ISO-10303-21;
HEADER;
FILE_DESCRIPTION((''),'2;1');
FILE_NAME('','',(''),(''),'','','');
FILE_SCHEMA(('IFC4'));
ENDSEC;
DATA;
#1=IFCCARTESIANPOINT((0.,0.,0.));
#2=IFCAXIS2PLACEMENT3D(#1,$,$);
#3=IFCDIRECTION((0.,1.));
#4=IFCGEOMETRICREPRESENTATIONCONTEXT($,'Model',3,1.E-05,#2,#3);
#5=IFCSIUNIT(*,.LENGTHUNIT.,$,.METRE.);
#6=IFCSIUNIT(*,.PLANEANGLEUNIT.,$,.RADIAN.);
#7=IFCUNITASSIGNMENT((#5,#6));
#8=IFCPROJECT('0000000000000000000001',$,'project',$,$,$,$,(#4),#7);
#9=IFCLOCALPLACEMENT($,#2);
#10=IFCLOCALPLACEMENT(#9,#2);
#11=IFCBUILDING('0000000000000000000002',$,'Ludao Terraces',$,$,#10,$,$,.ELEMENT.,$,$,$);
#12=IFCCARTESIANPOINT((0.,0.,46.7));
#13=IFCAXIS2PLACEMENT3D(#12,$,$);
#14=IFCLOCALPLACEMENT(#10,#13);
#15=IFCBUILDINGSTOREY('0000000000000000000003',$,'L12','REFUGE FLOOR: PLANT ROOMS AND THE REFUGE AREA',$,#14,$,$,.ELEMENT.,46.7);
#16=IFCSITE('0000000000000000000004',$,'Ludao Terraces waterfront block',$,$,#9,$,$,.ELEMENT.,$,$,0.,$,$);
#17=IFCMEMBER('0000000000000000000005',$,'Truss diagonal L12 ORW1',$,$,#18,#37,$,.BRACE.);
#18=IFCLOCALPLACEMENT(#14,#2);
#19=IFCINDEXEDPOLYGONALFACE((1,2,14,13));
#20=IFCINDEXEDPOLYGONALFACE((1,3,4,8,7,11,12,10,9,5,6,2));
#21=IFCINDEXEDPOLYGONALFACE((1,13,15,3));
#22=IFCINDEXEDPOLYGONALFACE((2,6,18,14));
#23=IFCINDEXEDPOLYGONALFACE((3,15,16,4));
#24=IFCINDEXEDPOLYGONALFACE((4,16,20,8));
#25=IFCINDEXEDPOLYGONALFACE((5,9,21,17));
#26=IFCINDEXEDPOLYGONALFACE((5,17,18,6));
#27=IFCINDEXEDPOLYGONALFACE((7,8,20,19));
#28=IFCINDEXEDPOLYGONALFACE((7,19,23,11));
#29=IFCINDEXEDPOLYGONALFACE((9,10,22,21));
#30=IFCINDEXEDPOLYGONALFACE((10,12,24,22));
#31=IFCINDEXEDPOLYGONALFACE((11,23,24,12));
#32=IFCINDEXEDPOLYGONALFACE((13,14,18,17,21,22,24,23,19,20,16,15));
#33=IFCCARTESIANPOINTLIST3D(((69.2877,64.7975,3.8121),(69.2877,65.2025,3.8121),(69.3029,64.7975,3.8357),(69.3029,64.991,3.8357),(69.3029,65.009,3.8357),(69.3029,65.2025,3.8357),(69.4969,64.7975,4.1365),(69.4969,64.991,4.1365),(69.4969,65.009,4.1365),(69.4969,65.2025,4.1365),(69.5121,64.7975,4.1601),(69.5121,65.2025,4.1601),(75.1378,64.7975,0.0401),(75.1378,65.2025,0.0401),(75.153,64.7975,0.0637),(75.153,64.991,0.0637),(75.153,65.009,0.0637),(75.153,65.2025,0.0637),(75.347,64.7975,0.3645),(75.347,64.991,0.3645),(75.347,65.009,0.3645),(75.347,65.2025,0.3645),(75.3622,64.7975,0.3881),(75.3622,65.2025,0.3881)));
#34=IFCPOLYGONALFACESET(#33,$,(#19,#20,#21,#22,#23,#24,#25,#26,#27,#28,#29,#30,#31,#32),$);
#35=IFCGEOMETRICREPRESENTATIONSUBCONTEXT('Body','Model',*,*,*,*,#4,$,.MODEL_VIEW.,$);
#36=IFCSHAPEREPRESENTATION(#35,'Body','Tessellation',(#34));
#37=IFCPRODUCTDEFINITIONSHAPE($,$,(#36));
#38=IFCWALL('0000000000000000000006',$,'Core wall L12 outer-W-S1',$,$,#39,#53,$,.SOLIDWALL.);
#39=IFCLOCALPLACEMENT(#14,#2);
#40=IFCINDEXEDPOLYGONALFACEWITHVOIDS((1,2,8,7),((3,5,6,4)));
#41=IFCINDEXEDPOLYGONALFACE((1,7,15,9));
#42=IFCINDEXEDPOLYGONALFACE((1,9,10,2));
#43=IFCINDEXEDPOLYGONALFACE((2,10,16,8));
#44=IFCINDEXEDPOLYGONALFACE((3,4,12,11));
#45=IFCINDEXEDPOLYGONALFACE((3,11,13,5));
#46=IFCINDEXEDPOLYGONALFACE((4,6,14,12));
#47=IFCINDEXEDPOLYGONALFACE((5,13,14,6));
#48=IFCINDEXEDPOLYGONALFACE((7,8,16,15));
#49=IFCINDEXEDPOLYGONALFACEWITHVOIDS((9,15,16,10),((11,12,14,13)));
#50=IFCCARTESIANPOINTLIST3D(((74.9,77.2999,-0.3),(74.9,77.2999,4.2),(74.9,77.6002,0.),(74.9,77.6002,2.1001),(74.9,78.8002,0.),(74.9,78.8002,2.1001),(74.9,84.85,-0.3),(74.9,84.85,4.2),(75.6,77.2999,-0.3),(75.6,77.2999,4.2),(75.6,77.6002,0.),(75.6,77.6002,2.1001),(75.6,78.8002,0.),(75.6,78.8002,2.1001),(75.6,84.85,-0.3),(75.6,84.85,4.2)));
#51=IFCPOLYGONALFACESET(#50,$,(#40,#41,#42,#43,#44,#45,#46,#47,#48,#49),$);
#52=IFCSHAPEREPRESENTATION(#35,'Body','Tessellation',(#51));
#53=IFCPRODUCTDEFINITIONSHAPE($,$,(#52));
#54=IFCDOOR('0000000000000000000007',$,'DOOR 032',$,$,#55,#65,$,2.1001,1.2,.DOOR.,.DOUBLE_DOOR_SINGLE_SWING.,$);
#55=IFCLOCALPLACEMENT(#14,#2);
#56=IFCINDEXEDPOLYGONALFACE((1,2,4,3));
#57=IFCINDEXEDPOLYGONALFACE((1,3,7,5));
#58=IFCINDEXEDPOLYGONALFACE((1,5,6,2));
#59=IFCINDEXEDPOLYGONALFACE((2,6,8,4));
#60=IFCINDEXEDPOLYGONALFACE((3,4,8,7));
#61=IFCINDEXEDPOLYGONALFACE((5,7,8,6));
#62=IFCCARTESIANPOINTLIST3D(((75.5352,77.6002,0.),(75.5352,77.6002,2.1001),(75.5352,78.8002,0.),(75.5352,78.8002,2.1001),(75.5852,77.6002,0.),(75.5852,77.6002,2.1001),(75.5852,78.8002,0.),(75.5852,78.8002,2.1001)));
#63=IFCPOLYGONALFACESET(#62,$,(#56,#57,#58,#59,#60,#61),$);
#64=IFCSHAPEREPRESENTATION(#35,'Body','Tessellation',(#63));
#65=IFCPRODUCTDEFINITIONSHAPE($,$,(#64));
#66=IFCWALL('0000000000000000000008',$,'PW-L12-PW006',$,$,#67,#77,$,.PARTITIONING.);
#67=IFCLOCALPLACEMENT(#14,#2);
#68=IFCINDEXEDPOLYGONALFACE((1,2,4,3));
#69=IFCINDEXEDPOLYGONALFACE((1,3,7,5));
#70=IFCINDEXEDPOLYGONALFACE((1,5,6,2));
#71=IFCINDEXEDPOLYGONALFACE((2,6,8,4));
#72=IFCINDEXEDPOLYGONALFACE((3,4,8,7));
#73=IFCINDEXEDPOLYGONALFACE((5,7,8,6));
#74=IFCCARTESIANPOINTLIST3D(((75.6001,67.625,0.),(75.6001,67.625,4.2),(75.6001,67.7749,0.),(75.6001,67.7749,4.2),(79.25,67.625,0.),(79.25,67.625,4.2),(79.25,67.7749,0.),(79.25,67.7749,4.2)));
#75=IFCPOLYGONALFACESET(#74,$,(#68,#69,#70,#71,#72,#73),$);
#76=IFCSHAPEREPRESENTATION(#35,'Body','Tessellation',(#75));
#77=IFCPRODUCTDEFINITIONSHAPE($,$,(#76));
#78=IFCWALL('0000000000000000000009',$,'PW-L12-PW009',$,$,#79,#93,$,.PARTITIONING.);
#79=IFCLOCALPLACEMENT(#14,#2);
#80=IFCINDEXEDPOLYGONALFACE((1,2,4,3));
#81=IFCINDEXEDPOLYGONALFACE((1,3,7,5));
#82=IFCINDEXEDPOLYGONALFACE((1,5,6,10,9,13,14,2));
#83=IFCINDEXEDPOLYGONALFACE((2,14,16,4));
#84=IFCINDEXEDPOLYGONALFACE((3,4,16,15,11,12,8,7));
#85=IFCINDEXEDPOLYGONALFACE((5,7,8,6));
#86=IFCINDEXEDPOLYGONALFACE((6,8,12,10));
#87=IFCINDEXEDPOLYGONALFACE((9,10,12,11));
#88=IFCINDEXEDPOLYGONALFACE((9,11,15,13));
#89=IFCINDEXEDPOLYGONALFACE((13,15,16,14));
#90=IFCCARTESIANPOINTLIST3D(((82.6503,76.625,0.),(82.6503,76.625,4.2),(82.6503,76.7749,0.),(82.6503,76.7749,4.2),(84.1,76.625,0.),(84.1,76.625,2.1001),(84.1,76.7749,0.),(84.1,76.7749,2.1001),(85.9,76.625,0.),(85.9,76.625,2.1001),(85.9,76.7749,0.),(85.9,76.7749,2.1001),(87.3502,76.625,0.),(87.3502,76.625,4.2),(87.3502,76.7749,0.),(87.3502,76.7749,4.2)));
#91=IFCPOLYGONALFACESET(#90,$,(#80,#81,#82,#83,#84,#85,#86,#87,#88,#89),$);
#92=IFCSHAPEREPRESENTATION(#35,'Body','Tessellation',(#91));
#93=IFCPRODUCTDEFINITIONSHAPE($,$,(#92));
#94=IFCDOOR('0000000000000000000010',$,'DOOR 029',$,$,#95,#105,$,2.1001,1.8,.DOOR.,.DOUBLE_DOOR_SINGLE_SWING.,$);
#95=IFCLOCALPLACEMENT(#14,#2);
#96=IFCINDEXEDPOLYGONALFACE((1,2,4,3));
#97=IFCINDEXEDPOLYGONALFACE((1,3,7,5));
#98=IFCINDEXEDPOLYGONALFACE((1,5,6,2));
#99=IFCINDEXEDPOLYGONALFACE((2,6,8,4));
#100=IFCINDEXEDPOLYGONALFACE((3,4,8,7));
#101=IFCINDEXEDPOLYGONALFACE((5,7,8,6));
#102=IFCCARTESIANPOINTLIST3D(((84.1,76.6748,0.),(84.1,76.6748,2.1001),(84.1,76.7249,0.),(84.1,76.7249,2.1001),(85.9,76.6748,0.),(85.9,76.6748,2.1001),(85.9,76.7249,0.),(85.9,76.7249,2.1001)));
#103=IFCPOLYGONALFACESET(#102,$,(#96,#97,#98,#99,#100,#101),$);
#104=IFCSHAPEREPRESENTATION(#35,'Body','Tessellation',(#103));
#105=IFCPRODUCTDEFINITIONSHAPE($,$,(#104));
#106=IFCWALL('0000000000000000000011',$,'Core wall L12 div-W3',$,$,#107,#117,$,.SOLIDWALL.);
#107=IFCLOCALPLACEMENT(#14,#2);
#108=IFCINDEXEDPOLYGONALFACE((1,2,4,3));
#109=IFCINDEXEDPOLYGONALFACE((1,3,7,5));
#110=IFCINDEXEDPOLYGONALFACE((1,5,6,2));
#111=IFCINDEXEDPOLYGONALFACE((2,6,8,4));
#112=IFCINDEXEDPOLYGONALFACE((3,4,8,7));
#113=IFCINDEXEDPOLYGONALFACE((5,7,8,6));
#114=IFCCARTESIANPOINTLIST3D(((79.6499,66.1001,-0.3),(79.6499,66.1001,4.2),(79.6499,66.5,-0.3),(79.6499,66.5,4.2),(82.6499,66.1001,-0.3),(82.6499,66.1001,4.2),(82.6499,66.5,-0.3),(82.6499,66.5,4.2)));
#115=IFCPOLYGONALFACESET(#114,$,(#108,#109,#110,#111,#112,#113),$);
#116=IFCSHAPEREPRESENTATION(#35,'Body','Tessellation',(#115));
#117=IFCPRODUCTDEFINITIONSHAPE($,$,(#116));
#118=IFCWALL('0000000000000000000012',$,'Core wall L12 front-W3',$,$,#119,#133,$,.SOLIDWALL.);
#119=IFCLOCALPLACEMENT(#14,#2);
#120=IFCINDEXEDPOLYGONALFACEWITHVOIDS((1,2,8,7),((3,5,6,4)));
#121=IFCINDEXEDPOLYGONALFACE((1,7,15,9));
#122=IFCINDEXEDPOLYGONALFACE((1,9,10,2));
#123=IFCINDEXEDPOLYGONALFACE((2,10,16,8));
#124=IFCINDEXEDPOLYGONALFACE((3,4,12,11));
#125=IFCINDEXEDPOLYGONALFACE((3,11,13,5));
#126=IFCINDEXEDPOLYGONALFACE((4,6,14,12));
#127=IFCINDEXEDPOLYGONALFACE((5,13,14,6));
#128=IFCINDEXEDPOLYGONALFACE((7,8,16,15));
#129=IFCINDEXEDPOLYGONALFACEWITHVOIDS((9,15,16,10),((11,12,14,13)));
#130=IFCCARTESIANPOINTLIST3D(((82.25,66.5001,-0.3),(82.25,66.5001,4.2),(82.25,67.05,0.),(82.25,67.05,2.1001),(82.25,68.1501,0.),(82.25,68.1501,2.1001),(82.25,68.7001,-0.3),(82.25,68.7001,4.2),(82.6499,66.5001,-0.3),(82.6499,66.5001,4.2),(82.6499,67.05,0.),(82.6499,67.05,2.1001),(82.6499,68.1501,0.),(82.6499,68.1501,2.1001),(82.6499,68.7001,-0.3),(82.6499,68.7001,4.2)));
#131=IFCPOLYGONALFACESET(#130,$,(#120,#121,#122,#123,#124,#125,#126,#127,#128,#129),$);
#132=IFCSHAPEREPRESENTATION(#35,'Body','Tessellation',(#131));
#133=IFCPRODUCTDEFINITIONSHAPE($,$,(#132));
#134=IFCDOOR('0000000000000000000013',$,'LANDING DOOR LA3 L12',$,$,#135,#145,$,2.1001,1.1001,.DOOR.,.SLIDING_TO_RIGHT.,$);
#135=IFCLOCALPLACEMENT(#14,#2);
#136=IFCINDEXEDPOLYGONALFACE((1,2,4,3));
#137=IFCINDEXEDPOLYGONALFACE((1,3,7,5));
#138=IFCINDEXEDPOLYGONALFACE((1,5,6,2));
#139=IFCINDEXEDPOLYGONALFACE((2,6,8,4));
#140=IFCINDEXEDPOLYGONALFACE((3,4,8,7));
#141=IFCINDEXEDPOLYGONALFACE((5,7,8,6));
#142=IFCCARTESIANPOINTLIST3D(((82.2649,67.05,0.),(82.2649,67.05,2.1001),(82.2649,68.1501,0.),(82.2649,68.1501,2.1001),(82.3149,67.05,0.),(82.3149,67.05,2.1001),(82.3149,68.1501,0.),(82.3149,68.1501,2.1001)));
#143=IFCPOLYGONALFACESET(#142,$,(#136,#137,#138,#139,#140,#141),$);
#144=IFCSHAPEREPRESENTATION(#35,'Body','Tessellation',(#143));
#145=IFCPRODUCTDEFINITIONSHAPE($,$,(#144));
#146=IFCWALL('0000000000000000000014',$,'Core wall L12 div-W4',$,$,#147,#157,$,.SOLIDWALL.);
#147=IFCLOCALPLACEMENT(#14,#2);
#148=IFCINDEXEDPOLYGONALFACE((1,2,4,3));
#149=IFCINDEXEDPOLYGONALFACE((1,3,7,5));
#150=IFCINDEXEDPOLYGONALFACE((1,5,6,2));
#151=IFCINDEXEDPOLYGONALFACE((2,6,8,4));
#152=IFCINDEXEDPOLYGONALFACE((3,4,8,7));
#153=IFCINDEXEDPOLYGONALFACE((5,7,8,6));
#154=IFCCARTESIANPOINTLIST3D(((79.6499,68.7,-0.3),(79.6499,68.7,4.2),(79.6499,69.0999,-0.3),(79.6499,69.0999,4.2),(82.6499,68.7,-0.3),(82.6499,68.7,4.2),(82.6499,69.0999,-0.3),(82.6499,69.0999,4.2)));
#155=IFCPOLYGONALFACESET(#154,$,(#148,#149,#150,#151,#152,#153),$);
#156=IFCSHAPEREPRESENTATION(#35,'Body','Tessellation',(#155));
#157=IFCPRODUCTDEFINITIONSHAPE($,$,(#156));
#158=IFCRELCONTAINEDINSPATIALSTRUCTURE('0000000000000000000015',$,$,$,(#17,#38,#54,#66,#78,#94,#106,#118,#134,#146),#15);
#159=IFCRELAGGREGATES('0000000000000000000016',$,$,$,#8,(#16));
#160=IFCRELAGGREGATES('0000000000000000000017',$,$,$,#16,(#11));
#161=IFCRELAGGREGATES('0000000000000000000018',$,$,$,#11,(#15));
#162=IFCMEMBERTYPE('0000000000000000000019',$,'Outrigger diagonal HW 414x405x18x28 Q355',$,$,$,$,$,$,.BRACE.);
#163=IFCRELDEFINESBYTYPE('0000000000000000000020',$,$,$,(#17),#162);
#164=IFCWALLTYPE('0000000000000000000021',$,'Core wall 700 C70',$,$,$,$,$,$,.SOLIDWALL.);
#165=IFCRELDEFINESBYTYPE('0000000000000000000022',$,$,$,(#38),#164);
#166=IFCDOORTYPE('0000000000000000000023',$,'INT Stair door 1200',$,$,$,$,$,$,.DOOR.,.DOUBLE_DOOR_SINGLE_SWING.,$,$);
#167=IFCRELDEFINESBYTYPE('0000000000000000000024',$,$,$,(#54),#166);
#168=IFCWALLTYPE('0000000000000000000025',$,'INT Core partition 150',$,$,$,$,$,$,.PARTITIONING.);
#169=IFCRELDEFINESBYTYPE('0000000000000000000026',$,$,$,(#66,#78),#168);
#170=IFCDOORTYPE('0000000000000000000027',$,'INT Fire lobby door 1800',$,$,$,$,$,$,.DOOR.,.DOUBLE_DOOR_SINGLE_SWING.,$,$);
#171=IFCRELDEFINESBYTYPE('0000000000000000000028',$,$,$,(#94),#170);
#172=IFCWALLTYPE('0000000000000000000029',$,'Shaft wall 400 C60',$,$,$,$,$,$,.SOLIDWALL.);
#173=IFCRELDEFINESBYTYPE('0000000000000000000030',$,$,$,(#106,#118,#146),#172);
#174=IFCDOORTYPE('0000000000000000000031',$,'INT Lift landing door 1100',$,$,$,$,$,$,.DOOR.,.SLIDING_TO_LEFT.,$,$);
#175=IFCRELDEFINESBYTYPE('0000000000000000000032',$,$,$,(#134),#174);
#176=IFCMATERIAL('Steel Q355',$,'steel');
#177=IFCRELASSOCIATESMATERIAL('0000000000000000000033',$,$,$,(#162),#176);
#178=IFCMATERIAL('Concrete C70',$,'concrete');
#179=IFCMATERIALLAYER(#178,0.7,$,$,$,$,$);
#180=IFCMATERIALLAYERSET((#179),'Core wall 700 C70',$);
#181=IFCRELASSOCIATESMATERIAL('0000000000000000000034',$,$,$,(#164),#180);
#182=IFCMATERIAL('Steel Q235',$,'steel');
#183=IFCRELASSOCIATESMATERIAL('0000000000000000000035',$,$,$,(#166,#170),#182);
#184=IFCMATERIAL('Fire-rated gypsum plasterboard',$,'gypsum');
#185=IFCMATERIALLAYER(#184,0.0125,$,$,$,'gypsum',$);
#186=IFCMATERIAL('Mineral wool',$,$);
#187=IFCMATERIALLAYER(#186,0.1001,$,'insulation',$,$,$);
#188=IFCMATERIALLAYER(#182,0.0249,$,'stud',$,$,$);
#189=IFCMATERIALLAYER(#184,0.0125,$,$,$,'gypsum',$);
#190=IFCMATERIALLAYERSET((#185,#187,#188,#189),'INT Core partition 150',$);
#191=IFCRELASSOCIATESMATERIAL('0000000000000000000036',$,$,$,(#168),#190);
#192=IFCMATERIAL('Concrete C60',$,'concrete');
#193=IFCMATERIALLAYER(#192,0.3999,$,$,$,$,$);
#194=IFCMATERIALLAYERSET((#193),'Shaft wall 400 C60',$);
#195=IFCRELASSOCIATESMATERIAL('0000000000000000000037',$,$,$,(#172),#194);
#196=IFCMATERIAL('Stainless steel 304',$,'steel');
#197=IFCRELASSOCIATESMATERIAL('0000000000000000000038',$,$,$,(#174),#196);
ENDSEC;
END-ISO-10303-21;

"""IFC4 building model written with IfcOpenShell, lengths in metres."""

from ifc_helpers import new_model, si_unit, direction, frame, frame_2d, origin, origin_2d, place, context, subcontext, project, spatial, rectangle, i_section, extrude, material, layer, layer_set, material_profile, profile_set, type_object, element, fill, save


model = new_model("IFC4")

# Units and contexts
model_context = context("Model", 3, precision=1e-05, world=origin(), true_north=direction((0.0, 1.0)))
body_context = subcontext(model_context, "Body", "Model", "MODEL_VIEW")
ifc_project = project(units=[si_unit("LENGTHUNIT", "METRE"), si_unit("PLANEANGLEUNIT", "RADIAN")], contexts=[model_context])

# Site, building, storey
site_placement = place(None, origin())
site = spatial("IfcSite", under=ifc_project, at=site_placement, Name="Ludao Terraces waterfront block", CompositionType="ELEMENT", RefElevation=0.0)
building_placement = place(site_placement, origin())
building = spatial("IfcBuilding", under=site, at=building_placement, Name="Ludao Terraces", CompositionType="ELEMENT")
storey_placement = place(building_placement, frame((0.0, 0.0, 46.7)))
storey = spatial("IfcBuildingStorey", under=building, at=storey_placement, Name="L12", Description="REFUGE FLOOR: PLANT ROOMS AND THE REFUGE AREA", CompositionType="ELEMENT", Elevation=46.7)

# Member
ifc_material_1 = material(Name="Steel Q355", Category="steel")
ifc_material_profile = material_profile(ifc_material_1, i_section(OverallWidth=0.405, OverallDepth=0.4141, WebThickness=0.0181, FlangeThickness=0.0281, at=origin_2d()), Name="HW 414X405X18X28")
ifc_profile_set = profile_set([ifc_material_profile], Name="Steel Q355")
member_type = type_object("IfcMemberType", Name="Outrigger diagonal HW 414x405x18x28 Q355", PredefinedType="BRACE", material=ifc_profile_set)
member_placement = place(storey_placement, frame((75.25, 65.0, 0.2141), z_axis=(-0.840446, 0.0, 0.541895), x_axis=(0.0, -1.0, 0.0)))
element("IfcMember", 1, at=member_placement, inside=storey, type_object=member_type, Name="Truss diagonal L12 ORW1", PredefinedType="BRACE", context=body_context, shape_type="SweptSolid", body=[
    extrude(i_section(OverallWidth=0.405, OverallDepth=0.4141, WebThickness=0.0181, FlangeThickness=0.0281, at=origin_2d()), origin(), (0.0, 0.0, 1.0), 6.9607),
])

# Wall, opening, door
ifc_material_2 = material(Name="Concrete C70", Category="concrete")
ifc_layer_1 = layer(ifc_material_2, 0.7)
ifc_layer_set_1 = layer_set([ifc_layer_1], Name="Core wall 700 C70")
wall_type_1 = type_object("IfcWallType", Name="Core wall 700 C70", PredefinedType="SOLIDWALL", material=ifc_layer_set_1)
wall_1_placement = place(storey_placement, frame((75.25, 77.3, -0.3), z_axis=(0.0, 0.0, 1.0), x_axis=(0.0, 1.0, 0.0)))
wall_1 = element("IfcWall", 2, at=wall_1_placement, inside=storey, type_object=wall_type_1, Name="Core wall L12 outer-W-S1", PredefinedType="SOLIDWALL", context=body_context, shape_type="SweptSolid", body=[
    extrude(rectangle(XDim=7.55, YDim=0.7, at=frame_2d((3.7749, 0.0))), origin(), (0.0, 0.0, 1.0), 4.5),
])
opening_1_placement = place(wall_1_placement, frame((0.3, 0.0, 0.3)))
opening_1 = element("IfcOpeningElement", 3, at=opening_1_placement, cuts=wall_1, PredefinedType="OPENING", context=body_context, shape_type="SweptSolid", body=[
    extrude(rectangle(XDim=1.2, YDim=2.1001, at=frame_2d((0.6001, 1.05))), frame((0.0, 0.3599, 0.0), z_axis=(0.0, -1.0, 0.0), x_axis=(1.0, 0.0, 0.0)), (0.0, 0.0, 1.0), 0.72),
])
ifc_material_3 = material(Name="Steel Q235", Category="steel")
door_type_1 = type_object("IfcDoorType", Name="INT Stair door 1200", OperationType="DOUBLE_DOOR_SINGLE_SWING", PredefinedType="DOOR", material=ifc_material_3)
door_1_placement = place(opening_1_placement, origin())
door_1 = element("IfcDoor", 4, at=door_1_placement, inside=storey, type_object=door_type_1, Name="DOOR 032", OperationType="DOUBLE_DOOR_SINGLE_SWING", OverallHeight=2.1001, OverallWidth=1.2, PredefinedType="DOOR", context=body_context, shape_type="SweptSolid", body=[
    extrude(rectangle(XDim=1.2, YDim=2.1001, at=frame_2d((0.6001, 1.05))), frame((0.0, -0.2852, 0.0), z_axis=(0.0, -1.0, 0.0), x_axis=(1.0, 0.0, 0.0)), (0.0, 0.0, 1.0), 0.05),
])
fill(opening_1, door_1)

# Wall
ifc_material_4 = material(Name="Fire-rated gypsum plasterboard", Category="gypsum")
ifc_layer_2 = layer(ifc_material_4, 0.0125, Category="gypsum")
ifc_material_5 = material(Name="Mineral wool")
ifc_layer_3 = layer(ifc_material_5, 0.1001, Name="insulation")
ifc_layer_4 = layer(ifc_material_3, 0.0249, Name="stud")
ifc_layer_5 = layer(ifc_material_4, 0.0125, Category="gypsum")
ifc_layer_set_2 = layer_set([ifc_layer_2, ifc_layer_3, ifc_layer_4, ifc_layer_5], Name="INT Core partition 150")
wall_type_2 = type_object("IfcWallType", Name="INT Core partition 150", PredefinedType="PARTITIONING", material=ifc_layer_set_2)
wall_2_placement = place(storey_placement, frame((75.6001, 67.7, 0.0), z_axis=(0.0, 0.0, 1.0), x_axis=(1.0, 0.0, 0.0)))
element("IfcWall", 5, at=wall_2_placement, inside=storey, type_object=wall_type_2, Name="PW-L12-PW006", PredefinedType="PARTITIONING", context=body_context, shape_type="SweptSolid", body=[
    extrude(rectangle(XDim=3.6499, YDim=0.1499, at=frame_2d((1.825, 0.0))), origin(), (0.0, 0.0, 1.0), 4.2),
])

# Wall, opening, door
wall_3_placement = place(storey_placement, frame((82.6501, 76.7, 0.0), z_axis=(0.0, 0.0, 1.0), x_axis=(1.0, 0.0, 0.0)))
wall_3 = element("IfcWall", 6, at=wall_3_placement, inside=storey, type_object=wall_type_2, Name="PW-L12-PW009", PredefinedType="PARTITIONING", context=body_context, shape_type="SweptSolid", body=[
    extrude(rectangle(XDim=4.7, YDim=0.1499, at=frame_2d((2.3501, 0.0))), origin(), (0.0, 0.0, 1.0), 4.2),
])
opening_2_placement = place(wall_3_placement, frame((1.45, 0.0, 0.0)))
opening_2 = element("IfcOpeningElement", 7, at=opening_2_placement, cuts=wall_3, PredefinedType="OPENING", context=body_context, shape_type="SweptSolid", body=[
    extrude(rectangle(XDim=1.8, YDim=2.1001, at=frame_2d((0.8999, 1.05))), frame((0.0, 0.085, 0.0), z_axis=(0.0, -1.0, 0.0), x_axis=(1.0, 0.0, 0.0)), (0.0, 0.0, 1.0), 0.1699),
])
door_type_2 = type_object("IfcDoorType", Name="INT Fire lobby door 1800", OperationType="DOUBLE_DOOR_SINGLE_SWING", PredefinedType="DOOR", material=ifc_material_3)
door_2_placement = place(opening_2_placement, origin())
door_2 = element("IfcDoor", 8, at=door_2_placement, inside=storey, type_object=door_type_2, Name="DOOR 029", OperationType="DOUBLE_DOOR_SINGLE_SWING", OverallHeight=2.1001, OverallWidth=1.8, PredefinedType="DOOR", context=body_context, shape_type="SweptSolid", body=[
    extrude(rectangle(XDim=1.8, YDim=2.1001, at=frame_2d((0.8999, 1.05))), frame((0.0, 0.0249, 0.0), z_axis=(0.0, -1.0, 0.0), x_axis=(1.0, 0.0, 0.0)), (0.0, 0.0, 1.0), 0.05),
])
fill(opening_2, door_2)

# Wall
ifc_material_6 = material(Name="Concrete C60", Category="concrete")
ifc_layer_6 = layer(ifc_material_6, 0.3999)
ifc_layer_set_3 = layer_set([ifc_layer_6], Name="Shaft wall 400 C60")
wall_type_3 = type_object("IfcWallType", Name="Shaft wall 400 C60", PredefinedType="SOLIDWALL", material=ifc_layer_set_3)
wall_4_placement = place(storey_placement, frame((79.6499, 66.3, -0.3), z_axis=(0.0, 0.0, 1.0), x_axis=(1.0, 0.0, 0.0)))
element("IfcWall", 9, at=wall_4_placement, inside=storey, type_object=wall_type_3, Name="Core wall L12 div-W3", PredefinedType="SOLIDWALL", context=body_context, shape_type="SweptSolid", body=[
    extrude(rectangle(XDim=3.0, YDim=0.3999, at=frame_2d((1.5, 0.0))), origin(), (0.0, 0.0, 1.0), 4.5),
])

# Wall, opening, door
wall_5_placement = place(storey_placement, frame((82.45, 66.5, -0.3), z_axis=(0.0, 0.0, 1.0), x_axis=(0.0, 1.0, 0.0)))
wall_5 = element("IfcWall", 10, at=wall_5_placement, inside=storey, type_object=wall_type_3, Name="Core wall L12 front-W3", PredefinedType="SOLIDWALL", context=body_context, shape_type="SweptSolid", body=[
    extrude(rectangle(XDim=2.2, YDim=0.3999, at=frame_2d((1.1001, 0.0))), origin(), (0.0, 0.0, 1.0), 4.5),
])
opening_3_placement = place(wall_5_placement, frame((0.55, 0.0, 0.3)))
opening_3 = element("IfcOpeningElement", 11, at=opening_3_placement, cuts=wall_5, PredefinedType="OPENING", context=body_context, shape_type="SweptSolid", body=[
    extrude(rectangle(XDim=1.1001, YDim=2.1001, at=frame_2d((0.55, 1.05))), frame((0.0, 0.21, 0.0), z_axis=(0.0, -1.0, 0.0), x_axis=(1.0, 0.0, 0.0)), (0.0, 0.0, 1.0), 0.4199),
])
ifc_material_7 = material(Name="Stainless steel 304", Category="steel")
door_type_3 = type_object("IfcDoorType", Name="INT Lift landing door 1100", OperationType="SLIDING_TO_LEFT", PredefinedType="DOOR", material=ifc_material_7)
door_3_placement = place(opening_3_placement, origin())
door_3 = element("IfcDoor", 12, at=door_3_placement, inside=storey, type_object=door_type_3, Name="LANDING DOOR LA3 L12", OperationType="SLIDING_TO_RIGHT", OverallHeight=2.1001, OverallWidth=1.1001, PredefinedType="DOOR", context=body_context, shape_type="SweptSolid", body=[
    extrude(rectangle(XDim=1.1001, YDim=2.1001, at=frame_2d((0.55, 1.05))), frame((0.0, 0.1851, 0.0), z_axis=(0.0, -1.0, 0.0), x_axis=(1.0, 0.0, 0.0)), (0.0, 0.0, 1.0), 0.05),
])
fill(opening_3, door_3)

# Wall
wall_6_placement = place(storey_placement, frame((79.6499, 68.8999, -0.3), z_axis=(0.0, 0.0, 1.0), x_axis=(1.0, 0.0, 0.0)))
element("IfcWall", 13, at=wall_6_placement, inside=storey, type_object=wall_type_3, Name="Core wall L12 div-W4", PredefinedType="SOLIDWALL", context=body_context, shape_type="SweptSolid", body=[
    extrude(rectangle(XDim=3.0, YDim=0.3999, at=frame_2d((1.5, 0.0))), origin(), (0.0, 0.0, 1.0), 4.5),
])

save(model, "model.ifc")
